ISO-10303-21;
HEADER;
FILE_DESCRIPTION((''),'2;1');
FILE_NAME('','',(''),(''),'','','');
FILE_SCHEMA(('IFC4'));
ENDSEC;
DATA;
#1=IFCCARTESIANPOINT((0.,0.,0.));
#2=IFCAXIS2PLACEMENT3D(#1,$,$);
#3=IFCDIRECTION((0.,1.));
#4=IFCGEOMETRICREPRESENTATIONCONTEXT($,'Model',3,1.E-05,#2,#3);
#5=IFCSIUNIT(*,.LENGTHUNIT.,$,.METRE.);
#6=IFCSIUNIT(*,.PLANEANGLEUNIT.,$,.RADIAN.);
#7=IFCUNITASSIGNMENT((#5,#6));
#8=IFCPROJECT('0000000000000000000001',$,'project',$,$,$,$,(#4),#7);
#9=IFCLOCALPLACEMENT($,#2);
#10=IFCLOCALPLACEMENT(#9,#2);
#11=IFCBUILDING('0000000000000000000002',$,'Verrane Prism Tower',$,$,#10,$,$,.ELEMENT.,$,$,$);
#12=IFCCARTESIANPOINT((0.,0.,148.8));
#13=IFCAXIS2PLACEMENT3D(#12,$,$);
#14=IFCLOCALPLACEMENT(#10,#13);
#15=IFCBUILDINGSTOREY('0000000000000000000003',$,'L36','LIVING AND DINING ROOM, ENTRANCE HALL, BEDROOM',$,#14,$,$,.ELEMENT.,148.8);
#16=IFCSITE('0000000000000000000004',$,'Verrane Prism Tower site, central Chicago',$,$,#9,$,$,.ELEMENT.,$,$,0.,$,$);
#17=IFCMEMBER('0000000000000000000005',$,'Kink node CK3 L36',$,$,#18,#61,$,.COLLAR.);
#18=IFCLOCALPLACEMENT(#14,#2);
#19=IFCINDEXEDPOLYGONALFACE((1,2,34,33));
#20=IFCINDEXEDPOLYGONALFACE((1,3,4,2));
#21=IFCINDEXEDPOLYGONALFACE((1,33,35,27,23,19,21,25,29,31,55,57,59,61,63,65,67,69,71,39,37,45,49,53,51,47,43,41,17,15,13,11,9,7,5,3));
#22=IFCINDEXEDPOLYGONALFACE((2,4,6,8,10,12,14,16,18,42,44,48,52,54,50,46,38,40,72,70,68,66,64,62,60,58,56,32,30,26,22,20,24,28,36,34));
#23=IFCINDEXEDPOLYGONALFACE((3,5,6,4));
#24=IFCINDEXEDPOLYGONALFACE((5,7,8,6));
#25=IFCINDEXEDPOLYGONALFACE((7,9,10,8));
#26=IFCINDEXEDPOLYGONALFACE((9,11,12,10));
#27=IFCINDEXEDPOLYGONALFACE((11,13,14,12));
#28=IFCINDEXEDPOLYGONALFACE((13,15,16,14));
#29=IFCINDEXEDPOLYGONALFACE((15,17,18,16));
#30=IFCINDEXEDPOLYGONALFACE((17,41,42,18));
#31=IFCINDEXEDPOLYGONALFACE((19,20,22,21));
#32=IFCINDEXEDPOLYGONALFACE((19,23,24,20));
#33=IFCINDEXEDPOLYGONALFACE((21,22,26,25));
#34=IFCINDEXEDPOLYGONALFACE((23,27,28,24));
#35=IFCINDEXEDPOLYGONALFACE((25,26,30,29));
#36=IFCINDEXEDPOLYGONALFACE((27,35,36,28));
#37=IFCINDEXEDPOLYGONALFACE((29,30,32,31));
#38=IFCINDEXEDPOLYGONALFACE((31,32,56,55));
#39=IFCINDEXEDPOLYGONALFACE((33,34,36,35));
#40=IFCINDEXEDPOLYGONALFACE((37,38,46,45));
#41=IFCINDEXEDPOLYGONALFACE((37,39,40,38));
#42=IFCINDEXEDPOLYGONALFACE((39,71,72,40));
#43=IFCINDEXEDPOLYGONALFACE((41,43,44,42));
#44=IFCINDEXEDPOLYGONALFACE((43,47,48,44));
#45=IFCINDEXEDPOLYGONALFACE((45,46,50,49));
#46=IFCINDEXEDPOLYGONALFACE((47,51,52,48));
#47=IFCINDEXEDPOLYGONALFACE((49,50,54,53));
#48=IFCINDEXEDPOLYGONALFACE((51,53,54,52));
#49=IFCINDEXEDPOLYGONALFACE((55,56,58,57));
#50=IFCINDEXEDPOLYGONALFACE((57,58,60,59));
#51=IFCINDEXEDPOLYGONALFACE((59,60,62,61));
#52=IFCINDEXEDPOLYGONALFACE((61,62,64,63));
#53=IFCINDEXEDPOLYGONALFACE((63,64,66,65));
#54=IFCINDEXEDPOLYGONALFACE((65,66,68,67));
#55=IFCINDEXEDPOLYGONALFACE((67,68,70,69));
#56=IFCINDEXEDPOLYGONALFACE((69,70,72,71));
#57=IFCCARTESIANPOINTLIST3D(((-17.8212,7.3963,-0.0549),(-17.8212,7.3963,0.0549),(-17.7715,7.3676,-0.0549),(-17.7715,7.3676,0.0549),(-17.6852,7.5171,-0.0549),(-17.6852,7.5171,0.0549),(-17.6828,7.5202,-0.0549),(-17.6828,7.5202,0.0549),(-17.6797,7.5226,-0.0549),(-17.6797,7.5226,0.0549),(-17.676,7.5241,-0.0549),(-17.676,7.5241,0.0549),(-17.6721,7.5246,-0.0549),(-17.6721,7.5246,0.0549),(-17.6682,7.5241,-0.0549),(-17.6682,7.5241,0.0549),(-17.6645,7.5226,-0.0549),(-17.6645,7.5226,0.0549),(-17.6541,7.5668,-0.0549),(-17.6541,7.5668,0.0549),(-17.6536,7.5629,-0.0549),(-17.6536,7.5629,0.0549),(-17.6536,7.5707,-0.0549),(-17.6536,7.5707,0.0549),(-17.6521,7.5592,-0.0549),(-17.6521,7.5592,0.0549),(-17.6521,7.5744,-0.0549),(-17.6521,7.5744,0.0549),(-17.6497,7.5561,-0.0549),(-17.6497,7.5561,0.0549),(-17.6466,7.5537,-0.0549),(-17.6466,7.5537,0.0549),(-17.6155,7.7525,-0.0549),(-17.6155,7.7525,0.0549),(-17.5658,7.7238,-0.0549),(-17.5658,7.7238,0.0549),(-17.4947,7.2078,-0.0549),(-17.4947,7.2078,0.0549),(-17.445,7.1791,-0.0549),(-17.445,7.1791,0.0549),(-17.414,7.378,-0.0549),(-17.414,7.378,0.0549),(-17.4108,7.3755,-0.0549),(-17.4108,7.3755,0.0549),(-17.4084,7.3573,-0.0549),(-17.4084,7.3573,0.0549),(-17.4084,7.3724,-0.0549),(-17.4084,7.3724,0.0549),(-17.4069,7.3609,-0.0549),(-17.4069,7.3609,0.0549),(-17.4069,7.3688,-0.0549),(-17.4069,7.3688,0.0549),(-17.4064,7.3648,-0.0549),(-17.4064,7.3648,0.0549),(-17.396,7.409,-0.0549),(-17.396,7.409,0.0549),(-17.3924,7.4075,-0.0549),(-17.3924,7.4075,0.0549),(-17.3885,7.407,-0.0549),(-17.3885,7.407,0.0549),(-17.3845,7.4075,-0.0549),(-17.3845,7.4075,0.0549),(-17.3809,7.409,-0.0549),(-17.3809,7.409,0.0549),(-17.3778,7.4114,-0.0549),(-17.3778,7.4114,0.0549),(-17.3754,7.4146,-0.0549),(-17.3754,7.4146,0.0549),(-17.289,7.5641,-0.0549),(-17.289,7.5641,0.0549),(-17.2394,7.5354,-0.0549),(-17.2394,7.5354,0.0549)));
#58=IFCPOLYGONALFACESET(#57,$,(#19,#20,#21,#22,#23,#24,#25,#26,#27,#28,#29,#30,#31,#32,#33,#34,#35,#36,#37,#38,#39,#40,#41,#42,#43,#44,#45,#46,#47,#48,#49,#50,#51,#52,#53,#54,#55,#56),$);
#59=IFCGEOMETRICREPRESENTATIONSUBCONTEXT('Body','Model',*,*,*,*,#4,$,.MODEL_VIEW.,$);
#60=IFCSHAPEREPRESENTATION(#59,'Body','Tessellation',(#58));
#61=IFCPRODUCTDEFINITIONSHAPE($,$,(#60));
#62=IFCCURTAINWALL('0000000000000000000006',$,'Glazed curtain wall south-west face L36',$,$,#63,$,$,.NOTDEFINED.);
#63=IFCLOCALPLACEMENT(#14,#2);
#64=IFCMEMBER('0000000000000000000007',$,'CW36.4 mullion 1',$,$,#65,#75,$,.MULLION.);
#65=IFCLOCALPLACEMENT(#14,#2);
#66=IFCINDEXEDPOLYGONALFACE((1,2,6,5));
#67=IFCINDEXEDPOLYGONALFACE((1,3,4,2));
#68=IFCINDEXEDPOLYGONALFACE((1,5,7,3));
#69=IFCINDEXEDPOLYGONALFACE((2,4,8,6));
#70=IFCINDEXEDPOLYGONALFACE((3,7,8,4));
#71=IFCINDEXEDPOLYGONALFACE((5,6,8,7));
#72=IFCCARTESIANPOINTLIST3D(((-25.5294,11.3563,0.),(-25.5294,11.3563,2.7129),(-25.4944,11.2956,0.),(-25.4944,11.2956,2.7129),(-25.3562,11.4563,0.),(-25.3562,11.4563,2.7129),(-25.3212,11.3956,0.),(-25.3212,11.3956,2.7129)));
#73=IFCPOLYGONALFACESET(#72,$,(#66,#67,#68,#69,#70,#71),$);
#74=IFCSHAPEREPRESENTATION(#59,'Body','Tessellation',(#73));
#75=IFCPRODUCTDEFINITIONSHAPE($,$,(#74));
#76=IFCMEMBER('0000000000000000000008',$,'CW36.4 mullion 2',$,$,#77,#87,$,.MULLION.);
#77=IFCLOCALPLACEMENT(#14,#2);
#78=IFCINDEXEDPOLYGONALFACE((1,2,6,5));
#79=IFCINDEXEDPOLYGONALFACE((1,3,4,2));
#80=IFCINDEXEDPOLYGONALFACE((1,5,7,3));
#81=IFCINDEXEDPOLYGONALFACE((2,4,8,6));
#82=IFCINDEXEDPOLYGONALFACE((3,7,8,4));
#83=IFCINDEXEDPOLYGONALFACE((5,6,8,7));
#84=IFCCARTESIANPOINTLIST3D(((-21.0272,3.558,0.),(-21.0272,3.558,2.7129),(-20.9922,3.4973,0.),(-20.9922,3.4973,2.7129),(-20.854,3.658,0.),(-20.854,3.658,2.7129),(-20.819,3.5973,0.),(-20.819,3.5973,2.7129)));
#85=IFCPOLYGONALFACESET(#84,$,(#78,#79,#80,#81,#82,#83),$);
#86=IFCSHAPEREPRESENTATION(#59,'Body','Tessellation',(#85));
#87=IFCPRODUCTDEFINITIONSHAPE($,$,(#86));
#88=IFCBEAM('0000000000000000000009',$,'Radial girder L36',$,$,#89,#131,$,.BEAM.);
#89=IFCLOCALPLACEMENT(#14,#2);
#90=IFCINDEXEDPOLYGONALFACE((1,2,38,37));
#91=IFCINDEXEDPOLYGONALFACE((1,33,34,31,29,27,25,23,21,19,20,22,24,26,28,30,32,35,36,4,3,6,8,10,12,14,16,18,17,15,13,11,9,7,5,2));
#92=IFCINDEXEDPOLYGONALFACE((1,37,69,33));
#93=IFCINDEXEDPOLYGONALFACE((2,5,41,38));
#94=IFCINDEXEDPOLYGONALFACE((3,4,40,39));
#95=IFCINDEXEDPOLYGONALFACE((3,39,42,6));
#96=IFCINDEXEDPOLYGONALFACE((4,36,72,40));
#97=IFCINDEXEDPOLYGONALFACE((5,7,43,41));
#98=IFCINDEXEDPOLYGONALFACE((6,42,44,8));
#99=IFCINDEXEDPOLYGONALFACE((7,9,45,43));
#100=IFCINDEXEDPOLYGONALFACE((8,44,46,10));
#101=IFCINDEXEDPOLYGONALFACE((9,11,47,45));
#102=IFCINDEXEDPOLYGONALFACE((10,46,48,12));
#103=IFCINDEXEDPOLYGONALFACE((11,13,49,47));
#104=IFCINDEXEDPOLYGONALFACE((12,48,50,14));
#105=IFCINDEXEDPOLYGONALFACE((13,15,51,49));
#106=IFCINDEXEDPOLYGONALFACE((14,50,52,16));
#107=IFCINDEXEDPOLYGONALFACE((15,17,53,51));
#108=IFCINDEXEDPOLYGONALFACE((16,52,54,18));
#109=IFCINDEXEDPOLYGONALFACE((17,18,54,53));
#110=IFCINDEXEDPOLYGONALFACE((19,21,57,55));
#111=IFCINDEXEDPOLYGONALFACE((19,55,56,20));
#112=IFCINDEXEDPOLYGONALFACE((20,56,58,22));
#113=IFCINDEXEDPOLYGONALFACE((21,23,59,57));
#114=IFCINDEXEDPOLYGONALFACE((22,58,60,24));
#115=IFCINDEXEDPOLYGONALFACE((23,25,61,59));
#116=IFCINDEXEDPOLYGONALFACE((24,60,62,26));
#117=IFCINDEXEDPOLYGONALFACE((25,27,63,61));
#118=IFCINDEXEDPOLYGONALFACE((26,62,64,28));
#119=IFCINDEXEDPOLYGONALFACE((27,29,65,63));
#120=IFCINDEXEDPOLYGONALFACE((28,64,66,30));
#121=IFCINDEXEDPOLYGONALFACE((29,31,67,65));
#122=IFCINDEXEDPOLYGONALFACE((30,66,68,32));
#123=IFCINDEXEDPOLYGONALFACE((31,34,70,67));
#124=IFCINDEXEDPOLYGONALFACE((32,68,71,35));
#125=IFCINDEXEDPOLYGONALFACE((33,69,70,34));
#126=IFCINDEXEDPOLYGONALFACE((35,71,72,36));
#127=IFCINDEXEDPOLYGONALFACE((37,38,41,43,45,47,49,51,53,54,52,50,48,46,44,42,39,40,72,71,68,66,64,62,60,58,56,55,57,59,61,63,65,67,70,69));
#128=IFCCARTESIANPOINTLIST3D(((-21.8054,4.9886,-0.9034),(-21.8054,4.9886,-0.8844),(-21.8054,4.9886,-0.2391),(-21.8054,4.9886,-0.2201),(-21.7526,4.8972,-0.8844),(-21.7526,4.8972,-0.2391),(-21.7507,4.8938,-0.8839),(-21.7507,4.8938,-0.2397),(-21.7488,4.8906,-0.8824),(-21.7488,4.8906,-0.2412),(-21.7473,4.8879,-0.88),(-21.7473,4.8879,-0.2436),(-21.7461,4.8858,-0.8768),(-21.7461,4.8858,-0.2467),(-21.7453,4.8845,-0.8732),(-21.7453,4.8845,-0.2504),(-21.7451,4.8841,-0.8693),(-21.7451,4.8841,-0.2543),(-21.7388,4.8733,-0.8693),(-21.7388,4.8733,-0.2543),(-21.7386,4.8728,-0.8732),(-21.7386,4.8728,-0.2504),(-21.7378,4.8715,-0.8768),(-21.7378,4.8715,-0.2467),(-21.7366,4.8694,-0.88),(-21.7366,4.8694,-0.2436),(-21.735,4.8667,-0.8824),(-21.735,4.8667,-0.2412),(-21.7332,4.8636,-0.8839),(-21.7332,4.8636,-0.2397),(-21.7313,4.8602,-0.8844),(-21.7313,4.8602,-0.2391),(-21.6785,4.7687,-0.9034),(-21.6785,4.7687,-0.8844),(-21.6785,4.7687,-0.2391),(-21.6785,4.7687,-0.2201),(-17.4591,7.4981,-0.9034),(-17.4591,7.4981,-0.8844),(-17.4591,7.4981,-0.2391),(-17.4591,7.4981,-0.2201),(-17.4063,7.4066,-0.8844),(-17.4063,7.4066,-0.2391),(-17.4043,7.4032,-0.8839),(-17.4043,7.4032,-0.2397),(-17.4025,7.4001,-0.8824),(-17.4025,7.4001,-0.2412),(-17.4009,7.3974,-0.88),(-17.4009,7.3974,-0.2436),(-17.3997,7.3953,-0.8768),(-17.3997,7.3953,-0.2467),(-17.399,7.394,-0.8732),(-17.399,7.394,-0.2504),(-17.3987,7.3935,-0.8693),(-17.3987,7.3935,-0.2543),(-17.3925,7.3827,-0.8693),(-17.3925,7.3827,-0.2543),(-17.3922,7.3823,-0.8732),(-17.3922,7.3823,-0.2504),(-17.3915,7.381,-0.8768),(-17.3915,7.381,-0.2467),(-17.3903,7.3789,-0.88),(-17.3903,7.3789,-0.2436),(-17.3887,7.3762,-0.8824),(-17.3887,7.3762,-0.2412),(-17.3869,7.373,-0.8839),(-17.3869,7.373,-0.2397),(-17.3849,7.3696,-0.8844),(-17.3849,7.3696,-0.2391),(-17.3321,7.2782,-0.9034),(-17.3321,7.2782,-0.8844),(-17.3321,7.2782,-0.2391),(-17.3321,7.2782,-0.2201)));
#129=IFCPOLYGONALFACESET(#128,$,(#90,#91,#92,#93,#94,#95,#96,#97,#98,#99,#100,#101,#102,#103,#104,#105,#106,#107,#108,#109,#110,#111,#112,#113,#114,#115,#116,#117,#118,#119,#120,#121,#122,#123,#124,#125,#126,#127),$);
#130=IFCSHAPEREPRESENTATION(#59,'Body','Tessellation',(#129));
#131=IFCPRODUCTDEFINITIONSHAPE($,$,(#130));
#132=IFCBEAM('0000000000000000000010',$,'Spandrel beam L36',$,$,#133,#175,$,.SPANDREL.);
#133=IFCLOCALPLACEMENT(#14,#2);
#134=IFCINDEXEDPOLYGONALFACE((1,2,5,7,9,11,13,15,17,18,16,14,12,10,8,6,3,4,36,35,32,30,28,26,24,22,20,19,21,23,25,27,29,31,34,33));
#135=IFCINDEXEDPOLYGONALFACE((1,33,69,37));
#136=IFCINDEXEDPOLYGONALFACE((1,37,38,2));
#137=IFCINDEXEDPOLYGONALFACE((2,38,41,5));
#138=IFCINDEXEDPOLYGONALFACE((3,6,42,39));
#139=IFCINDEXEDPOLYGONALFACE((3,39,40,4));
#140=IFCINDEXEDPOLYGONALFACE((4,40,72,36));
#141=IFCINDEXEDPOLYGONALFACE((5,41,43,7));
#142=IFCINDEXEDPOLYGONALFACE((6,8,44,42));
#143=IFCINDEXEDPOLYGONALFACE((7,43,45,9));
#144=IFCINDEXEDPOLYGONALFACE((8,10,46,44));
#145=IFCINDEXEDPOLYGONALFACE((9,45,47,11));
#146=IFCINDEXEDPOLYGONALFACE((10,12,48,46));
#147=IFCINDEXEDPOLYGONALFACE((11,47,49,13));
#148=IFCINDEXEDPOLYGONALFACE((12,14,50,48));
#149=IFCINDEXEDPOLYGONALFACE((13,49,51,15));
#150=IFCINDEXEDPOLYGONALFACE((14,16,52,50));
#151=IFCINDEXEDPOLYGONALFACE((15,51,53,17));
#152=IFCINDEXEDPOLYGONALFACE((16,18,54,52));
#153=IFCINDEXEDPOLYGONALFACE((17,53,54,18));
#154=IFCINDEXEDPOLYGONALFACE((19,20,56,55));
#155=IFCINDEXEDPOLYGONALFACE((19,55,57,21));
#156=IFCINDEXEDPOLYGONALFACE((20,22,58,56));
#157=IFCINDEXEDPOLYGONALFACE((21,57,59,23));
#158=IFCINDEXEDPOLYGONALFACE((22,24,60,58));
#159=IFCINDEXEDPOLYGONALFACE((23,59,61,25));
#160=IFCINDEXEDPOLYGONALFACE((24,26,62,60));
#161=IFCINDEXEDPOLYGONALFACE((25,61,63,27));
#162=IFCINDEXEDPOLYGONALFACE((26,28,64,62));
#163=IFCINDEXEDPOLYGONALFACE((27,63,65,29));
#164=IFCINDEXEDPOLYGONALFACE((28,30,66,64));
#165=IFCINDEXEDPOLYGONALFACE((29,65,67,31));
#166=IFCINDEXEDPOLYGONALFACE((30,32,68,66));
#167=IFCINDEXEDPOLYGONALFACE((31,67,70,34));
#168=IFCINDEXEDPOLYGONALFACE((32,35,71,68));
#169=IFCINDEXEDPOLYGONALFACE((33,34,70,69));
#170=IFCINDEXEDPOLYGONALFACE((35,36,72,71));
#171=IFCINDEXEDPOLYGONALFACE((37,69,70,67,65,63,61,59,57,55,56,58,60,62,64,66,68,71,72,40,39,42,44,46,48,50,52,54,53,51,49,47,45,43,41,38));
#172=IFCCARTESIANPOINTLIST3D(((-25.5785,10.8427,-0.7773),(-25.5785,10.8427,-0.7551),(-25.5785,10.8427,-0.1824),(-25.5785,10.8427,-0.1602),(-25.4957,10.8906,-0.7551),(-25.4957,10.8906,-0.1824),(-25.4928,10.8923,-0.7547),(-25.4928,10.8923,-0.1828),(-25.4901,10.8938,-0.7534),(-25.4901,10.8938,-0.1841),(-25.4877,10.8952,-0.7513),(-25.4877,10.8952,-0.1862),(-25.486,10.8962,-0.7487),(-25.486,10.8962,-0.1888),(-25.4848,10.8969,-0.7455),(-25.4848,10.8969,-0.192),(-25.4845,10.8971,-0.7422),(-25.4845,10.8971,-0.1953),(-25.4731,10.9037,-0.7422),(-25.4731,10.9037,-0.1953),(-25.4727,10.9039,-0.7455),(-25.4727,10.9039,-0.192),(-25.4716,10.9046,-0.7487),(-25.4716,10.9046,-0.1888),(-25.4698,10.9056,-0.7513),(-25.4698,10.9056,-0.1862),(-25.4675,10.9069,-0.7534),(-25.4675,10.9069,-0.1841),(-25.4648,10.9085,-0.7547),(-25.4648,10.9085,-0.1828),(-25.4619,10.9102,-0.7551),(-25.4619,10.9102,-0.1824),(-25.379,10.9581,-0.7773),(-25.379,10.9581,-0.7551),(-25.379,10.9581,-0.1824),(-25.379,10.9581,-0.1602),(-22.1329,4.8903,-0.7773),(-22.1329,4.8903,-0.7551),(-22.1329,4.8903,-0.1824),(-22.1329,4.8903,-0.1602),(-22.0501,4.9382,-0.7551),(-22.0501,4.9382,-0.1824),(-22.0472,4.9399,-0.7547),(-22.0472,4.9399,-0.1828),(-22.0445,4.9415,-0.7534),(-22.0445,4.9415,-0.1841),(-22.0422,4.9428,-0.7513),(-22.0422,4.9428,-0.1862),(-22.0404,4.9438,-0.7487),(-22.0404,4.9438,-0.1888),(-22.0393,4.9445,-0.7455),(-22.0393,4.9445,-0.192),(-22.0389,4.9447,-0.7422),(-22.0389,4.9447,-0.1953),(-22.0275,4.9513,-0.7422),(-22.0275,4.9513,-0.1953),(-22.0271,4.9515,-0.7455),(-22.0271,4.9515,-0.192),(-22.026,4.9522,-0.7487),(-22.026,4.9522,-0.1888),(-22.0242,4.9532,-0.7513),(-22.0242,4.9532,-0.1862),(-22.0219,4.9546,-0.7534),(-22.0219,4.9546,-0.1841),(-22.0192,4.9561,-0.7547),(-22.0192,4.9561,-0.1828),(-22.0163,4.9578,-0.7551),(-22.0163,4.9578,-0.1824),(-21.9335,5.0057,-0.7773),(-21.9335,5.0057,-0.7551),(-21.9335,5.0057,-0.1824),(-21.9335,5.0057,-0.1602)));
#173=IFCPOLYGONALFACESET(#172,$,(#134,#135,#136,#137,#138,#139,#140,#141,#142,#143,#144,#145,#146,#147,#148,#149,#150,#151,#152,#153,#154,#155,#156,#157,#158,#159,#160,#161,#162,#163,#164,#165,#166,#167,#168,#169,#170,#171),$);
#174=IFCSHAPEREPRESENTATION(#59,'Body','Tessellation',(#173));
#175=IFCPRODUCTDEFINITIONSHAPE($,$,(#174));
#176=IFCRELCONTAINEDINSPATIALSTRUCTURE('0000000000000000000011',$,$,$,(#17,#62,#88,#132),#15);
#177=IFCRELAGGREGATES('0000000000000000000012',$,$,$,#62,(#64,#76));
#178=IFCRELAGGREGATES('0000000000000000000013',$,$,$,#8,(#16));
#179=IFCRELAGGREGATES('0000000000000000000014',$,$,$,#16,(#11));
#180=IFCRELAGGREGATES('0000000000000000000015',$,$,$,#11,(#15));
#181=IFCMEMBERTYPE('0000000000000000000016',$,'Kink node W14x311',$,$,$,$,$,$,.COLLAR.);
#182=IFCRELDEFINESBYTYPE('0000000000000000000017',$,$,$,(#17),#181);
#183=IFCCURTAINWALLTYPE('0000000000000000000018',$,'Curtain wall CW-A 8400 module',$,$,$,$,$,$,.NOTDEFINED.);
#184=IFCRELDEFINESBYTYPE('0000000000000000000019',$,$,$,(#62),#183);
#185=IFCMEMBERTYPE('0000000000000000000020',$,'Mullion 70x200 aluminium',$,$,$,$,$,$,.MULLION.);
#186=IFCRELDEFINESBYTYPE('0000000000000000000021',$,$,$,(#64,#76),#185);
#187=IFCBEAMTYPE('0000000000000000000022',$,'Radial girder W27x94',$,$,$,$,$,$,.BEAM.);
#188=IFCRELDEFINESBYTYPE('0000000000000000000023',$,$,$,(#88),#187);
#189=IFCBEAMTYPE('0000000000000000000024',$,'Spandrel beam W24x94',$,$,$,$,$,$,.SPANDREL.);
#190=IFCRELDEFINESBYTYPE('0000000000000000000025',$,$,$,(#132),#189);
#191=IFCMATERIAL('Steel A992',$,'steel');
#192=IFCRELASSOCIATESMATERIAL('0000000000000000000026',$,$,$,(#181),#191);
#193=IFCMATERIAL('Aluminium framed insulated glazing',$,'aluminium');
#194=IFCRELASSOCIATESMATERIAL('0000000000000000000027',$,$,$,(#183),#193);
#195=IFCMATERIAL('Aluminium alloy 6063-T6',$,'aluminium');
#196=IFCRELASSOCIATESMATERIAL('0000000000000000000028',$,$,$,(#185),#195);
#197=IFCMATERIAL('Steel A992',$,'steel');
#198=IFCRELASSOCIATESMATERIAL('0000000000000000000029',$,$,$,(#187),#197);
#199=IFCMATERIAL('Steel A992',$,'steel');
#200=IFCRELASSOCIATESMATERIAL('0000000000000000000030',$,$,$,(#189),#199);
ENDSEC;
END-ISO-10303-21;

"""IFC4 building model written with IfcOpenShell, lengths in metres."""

from ifc_helpers import new_model, si_unit, direction, frame, origin, origin_2d, place, context, subcontext, project, spatial, rectangle, i_section, extrude, material, material_profile, profile_set, type_object, element, aggregate, save


model = new_model("IFC4")

# Units and contexts
model_context = context("Model", 3, precision=1e-05, world=origin(), true_north=direction((0.0, 1.0)))
body_context = subcontext(model_context, "Body", "Model", "MODEL_VIEW")
ifc_project = project(units=[si_unit("LENGTHUNIT", "METRE"), si_unit("PLANEANGLEUNIT", "RADIAN")], contexts=[model_context])

# Site, building, storey
site_placement = place(None, origin())
site = spatial("IfcSite", under=ifc_project, at=site_placement, Name="Verrane Prism Tower site, central Chicago", CompositionType="ELEMENT", RefElevation=0.0)
building_placement = place(site_placement, origin())
building = spatial("IfcBuilding", under=site, at=building_placement, Name="Verrane Prism Tower", CompositionType="ELEMENT")
storey_placement = place(building_placement, frame((0.0, 0.0, 148.8)))
storey = spatial("IfcBuildingStorey", under=building, at=storey_placement, Name="L36", Description="LIVING AND DINING ROOM, ENTRANCE HALL, BEDROOM", CompositionType="ELEMENT", Elevation=148.8)

# Member
ifc_material_1 = material(Name="Steel A992", Category="steel")
ifc_material_profile_1 = material_profile(ifc_material_1, i_section(OverallWidth=0.4114, OverallDepth=0.4343, WebThickness=0.0359, FlangeThickness=0.0574, FilletRadius=0.0151, at=origin_2d()), Name="W14x311")
ifc_profile_set_1 = profile_set([ifc_material_profile_1], Name="Steel A992")
member_type_1 = type_object("IfcMemberType", Name="Kink node W14x311", PredefinedType="COLLAR", material=ifc_profile_set_1)
member_1_placement = place(storey_placement, frame((-17.5303, 7.4658, -0.0549), z_axis=(0.0, 0.0, 1.0), x_axis=(0.5, 0.866025, 0.0)))
element("IfcMember", 1, at=member_1_placement, inside=storey, type_object=member_type_1, Name="Kink node CK3 L36", PredefinedType="COLLAR", context=body_context, shape_type="SweptSolid", body=[
    extrude(i_section(OverallWidth=0.4114, OverallDepth=0.4343, WebThickness=0.0359, FlangeThickness=0.0574, FilletRadius=0.0151, at=origin_2d()), origin(), (0.0, 0.0, 1.0), 0.1099),
])

# Curtain wall, members
ifc_material_2 = material(Name="Aluminium framed insulated glazing", Category="aluminium")
curtain_wall_type = type_object("IfcCurtainWallType", Name="Curtain wall CW-A 8400 module", PredefinedType="NOTDEFINED", material=ifc_material_2)
curtain_wall_placement = place(storey_placement, origin())
curtain_wall = element("IfcCurtainWall", 2, at=curtain_wall_placement, inside=storey, type_object=curtain_wall_type, Name="Glazed curtain wall south-west face L36", PredefinedType="NOTDEFINED")
ifc_material_3 = material(Name="Aluminium alloy 6063-T6", Category="aluminium")
ifc_material_profile_2 = material_profile(ifc_material_3, rectangle(XDim=0.2, YDim=0.0701, at=origin_2d()), Name="Mullion 70x200 aluminium")
ifc_profile_set_2 = profile_set([ifc_material_profile_2], Name="Aluminium alloy 6063-T6")
member_type_2 = type_object("IfcMemberType", Name="Mullion 70x200 aluminium", PredefinedType="MULLION", material=ifc_profile_set_2)
member_2_placement = place(storey_placement, frame((-25.4253, 11.376, 0.0), z_axis=(0.0, 0.0, 1.0), x_axis=(0.866025, 0.500001, 0.0)))
member_2 = element("IfcMember", 3, at=member_2_placement, type_object=member_type_2, Name="CW36.4 mullion 1", PredefinedType="MULLION", context=body_context, shape_type="SweptSolid", body=[
    extrude(rectangle(XDim=0.2, YDim=0.0701, at=origin_2d()), origin(), (0.0, 0.0, 1.0), 2.7129),
])
member_3_placement = place(storey_placement, frame((-20.9231, 3.5776, 0.0), z_axis=(0.0, 0.0, 1.0), x_axis=(0.866025, 0.500001, 0.0)))
member_3 = element("IfcMember", 4, at=member_3_placement, type_object=member_type_2, Name="CW36.4 mullion 2", PredefinedType="MULLION", context=body_context, shape_type="SweptSolid", body=[
    extrude(rectangle(XDim=0.2, YDim=0.0701, at=origin_2d()), origin(), (0.0, 0.0, 1.0), 2.7129),
])

# Beams
ifc_material_4 = material(Name="Steel A992", Category="steel")
ifc_material_profile_3 = material_profile(ifc_material_4, i_section(OverallWidth=0.2539, OverallDepth=0.6833, WebThickness=0.0125, FlangeThickness=0.019, FilletRadius=0.0151, at=origin_2d()), Name="W27x94")
ifc_profile_set_3 = profile_set([ifc_material_profile_3], Name="Steel A992")
beam_type_1 = type_object("IfcBeamType", Name="Radial girder W27x94", PredefinedType="BEAM", material=ifc_profile_set_3)
beam_1_placement = place(storey_placement, frame((-21.7419, 4.8787, -0.5618), z_axis=(0.866016, 0.500016, 0.0), x_axis=(-0.500016, 0.866016, 0.0)))
element("IfcBeam", 5, at=beam_1_placement, inside=storey, type_object=beam_type_1, Name="Radial girder L36", PredefinedType="BEAM", context=body_context, shape_type="SweptSolid", body=[
    extrude(i_section(OverallWidth=0.2539, OverallDepth=0.6833, WebThickness=0.0125, FlangeThickness=0.019, FilletRadius=0.0151, at=origin_2d()), origin(), (0.0, 0.0, 1.0), 5.0188),
])
ifc_material_5 = material(Name="Steel A992", Category="steel")
ifc_material_profile_4 = material_profile(ifc_material_5, i_section(OverallWidth=0.2305, OverallDepth=0.6172, WebThickness=0.0132, FlangeThickness=0.0222, FilletRadius=0.0129, at=origin_2d()), Name="W24x94")
ifc_profile_set_4 = profile_set([ifc_material_profile_4], Name="Steel A992")
beam_type_2 = type_object("IfcBeamType", Name="Spandrel beam W24x94", PredefinedType="SPANDREL", material=ifc_profile_set_4)
beam_2_placement = place(storey_placement, frame((-25.4788, 10.9004, -0.4688), z_axis=(0.500975, -0.865462, 0.0), x_axis=(0.865462, 0.500975, 0.0)))
element("IfcBeam", 6, at=beam_2_placement, inside=storey, type_object=beam_type_2, Name="Spandrel beam L36", PredefinedType="SPANDREL", context=body_context, shape_type="SweptSolid", body=[
    extrude(i_section(OverallWidth=0.2305, OverallDepth=0.6172, WebThickness=0.0132, FlangeThickness=0.0222, FilletRadius=0.0129, at=origin_2d()), origin(), (0.0, 0.0, 1.0), 6.8777),
])

aggregate(curtain_wall, [member_2, member_3])

save(model, "model.ifc")
